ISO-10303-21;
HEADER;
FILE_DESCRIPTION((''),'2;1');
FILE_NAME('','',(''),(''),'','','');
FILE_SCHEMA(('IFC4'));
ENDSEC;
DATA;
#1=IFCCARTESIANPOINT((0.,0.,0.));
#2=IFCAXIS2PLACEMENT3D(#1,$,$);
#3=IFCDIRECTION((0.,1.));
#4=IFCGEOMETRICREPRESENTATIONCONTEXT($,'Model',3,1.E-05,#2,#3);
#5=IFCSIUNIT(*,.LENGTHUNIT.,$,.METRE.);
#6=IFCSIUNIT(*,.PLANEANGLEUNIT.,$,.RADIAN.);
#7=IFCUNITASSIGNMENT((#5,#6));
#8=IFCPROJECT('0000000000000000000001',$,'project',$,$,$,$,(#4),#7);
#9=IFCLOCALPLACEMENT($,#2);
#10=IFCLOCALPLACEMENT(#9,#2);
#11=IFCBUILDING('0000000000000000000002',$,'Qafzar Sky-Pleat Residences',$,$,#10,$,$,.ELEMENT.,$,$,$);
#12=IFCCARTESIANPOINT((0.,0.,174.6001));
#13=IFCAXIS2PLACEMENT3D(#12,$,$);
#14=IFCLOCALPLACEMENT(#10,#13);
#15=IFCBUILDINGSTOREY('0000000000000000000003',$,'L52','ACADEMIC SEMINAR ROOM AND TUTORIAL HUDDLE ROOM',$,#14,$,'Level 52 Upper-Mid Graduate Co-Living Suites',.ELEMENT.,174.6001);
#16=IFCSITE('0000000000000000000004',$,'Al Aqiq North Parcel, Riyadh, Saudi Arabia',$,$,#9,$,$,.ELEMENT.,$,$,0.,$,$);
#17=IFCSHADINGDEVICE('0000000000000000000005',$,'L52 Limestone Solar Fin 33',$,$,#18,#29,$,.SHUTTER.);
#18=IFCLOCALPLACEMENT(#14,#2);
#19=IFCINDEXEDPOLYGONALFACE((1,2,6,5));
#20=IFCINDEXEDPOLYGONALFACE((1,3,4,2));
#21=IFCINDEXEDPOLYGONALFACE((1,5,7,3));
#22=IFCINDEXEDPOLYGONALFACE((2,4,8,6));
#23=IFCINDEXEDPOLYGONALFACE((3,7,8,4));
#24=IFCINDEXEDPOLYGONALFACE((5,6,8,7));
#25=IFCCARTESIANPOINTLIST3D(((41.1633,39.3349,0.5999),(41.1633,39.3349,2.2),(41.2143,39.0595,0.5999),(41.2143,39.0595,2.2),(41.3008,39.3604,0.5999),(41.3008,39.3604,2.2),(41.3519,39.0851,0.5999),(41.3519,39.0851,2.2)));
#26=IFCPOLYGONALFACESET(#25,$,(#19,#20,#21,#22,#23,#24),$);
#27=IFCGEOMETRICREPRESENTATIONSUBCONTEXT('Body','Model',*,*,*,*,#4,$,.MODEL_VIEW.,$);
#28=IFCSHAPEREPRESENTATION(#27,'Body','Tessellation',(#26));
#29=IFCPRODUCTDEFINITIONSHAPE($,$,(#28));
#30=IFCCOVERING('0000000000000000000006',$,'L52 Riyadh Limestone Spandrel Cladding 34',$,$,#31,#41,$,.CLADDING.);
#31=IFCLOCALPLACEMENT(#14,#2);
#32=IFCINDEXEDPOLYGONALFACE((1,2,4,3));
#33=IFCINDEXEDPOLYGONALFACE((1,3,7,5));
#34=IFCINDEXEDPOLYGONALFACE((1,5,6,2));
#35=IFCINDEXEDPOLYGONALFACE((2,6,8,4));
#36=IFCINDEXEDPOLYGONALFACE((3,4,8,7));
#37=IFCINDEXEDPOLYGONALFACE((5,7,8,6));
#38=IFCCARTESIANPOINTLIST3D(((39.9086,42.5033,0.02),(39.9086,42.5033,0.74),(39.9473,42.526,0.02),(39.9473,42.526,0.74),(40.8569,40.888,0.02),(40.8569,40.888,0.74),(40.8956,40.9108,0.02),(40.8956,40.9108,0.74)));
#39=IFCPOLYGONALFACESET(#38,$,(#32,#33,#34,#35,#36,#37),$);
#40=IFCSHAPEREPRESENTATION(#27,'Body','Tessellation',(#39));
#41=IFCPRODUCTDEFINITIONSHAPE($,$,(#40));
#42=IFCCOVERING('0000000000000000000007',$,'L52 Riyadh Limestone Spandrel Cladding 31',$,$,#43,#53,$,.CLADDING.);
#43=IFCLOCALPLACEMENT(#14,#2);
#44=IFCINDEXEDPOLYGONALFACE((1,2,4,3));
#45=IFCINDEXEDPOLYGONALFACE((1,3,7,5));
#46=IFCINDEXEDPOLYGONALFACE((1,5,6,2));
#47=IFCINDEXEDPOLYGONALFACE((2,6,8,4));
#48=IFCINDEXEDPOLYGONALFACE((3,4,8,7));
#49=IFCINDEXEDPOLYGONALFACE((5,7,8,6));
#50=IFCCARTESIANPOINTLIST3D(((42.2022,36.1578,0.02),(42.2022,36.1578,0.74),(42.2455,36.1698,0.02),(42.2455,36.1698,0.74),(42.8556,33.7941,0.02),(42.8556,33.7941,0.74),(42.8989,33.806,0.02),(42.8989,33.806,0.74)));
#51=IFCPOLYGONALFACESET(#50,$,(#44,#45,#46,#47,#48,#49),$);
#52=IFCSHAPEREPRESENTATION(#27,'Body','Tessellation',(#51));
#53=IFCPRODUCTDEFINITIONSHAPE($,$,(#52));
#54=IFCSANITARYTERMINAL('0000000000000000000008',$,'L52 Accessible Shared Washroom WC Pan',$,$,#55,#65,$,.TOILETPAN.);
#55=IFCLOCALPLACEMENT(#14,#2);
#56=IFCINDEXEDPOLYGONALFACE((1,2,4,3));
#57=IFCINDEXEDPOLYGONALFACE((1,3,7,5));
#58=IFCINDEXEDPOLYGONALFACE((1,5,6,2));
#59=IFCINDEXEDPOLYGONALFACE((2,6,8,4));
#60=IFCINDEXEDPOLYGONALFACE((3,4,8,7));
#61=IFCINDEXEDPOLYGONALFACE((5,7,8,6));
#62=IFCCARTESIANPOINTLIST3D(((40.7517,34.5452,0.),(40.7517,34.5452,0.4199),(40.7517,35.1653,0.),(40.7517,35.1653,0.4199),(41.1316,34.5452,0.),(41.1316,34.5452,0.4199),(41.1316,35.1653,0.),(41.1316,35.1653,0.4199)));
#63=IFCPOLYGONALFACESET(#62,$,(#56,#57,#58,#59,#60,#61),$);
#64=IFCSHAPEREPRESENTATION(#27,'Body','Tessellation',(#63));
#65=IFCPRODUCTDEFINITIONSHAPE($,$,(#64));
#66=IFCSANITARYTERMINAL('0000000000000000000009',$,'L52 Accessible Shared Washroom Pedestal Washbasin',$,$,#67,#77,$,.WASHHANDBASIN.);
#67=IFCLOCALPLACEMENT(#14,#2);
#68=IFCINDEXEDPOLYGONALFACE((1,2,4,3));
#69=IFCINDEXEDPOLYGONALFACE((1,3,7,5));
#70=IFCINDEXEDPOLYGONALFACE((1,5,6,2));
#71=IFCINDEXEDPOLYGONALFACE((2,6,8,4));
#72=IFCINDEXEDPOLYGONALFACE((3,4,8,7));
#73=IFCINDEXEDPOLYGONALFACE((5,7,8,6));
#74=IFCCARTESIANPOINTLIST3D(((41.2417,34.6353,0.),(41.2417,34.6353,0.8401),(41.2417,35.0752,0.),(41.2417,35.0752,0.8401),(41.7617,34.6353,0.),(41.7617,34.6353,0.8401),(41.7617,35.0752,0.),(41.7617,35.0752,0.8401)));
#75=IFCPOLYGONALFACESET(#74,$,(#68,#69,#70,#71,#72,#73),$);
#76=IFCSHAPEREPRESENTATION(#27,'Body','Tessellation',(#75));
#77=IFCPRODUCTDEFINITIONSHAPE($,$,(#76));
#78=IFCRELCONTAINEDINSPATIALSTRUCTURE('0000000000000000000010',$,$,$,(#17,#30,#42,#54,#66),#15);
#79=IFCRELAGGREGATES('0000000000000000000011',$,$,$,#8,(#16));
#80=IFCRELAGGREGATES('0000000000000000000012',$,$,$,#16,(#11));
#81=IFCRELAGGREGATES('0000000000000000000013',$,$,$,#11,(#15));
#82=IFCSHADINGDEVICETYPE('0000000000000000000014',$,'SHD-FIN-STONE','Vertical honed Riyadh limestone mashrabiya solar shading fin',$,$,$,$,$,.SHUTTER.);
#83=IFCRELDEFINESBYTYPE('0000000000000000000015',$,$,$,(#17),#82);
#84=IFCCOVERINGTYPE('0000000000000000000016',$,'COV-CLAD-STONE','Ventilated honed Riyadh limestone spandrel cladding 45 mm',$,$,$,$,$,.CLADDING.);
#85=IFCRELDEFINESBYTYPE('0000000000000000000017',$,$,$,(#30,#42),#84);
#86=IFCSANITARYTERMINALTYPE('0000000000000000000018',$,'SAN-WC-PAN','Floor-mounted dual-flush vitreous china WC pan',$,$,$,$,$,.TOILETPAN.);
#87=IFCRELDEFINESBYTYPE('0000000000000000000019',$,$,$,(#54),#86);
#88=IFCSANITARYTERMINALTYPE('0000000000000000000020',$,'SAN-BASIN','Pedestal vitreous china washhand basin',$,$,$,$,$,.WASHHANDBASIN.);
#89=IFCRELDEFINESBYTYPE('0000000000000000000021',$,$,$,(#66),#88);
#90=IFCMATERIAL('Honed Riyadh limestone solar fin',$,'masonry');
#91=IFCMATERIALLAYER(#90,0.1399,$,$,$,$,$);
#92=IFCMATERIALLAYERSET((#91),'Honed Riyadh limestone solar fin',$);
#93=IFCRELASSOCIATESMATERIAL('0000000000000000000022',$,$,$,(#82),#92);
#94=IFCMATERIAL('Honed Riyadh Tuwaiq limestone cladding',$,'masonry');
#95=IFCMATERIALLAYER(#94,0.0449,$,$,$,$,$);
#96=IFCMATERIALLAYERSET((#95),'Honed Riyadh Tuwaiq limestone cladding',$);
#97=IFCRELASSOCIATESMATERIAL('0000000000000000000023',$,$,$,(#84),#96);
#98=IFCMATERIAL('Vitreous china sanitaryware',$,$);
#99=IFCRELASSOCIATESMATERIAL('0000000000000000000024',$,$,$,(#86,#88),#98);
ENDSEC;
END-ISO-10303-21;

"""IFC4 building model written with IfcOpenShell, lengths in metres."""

from ifc_helpers import new_model, si_unit, direction, frame, origin, origin_2d, place, context, subcontext, project, spatial, rectangle, extrude, source, transform, mapped, material, layer, layer_set, type_object, element, save


model = new_model("IFC4")

# Units and contexts
model_context = context("Model", 3, precision=1e-05, world=origin(), true_north=direction((0.0, 1.0)))
body_context = subcontext(model_context, "Body", "Model", "MODEL_VIEW")
ifc_project = project(units=[si_unit("LENGTHUNIT", "METRE"), si_unit("PLANEANGLEUNIT", "RADIAN")], contexts=[model_context])

# Site, building, storey
site_placement = place(None, origin())
site = spatial("IfcSite", under=ifc_project, at=site_placement, Name="Al Aqiq North Parcel, Riyadh, Saudi Arabia", CompositionType="ELEMENT", RefElevation=0.0)
building_placement = place(site_placement, origin())
building = spatial("IfcBuilding", under=site, at=building_placement, Name="Qafzar Sky-Pleat Residences", CompositionType="ELEMENT")
storey_placement = place(building_placement, frame((0.0, 0.0, 174.6001)))
storey = spatial("IfcBuildingStorey", under=building, at=storey_placement, Name="L52", Description="ACADEMIC SEMINAR ROOM AND TUTORIAL HUDDLE ROOM", LongName="Level 52 Upper-Mid Graduate Co-Living Suites", CompositionType="ELEMENT", Elevation=174.6001)

# Shading device
ifc_material_1 = material(Name="Honed Riyadh limestone solar fin", Category="masonry")
ifc_layer_1 = layer(ifc_material_1, 0.1399)
ifc_layer_set_1 = layer_set([ifc_layer_1], Name="Honed Riyadh limestone solar fin")
shading_device_type = type_object("IfcShadingDeviceType", Name="SHD-FIN-STONE", Description="Vertical honed Riyadh limestone mashrabiya solar shading fin", PredefinedType="SHUTTER", material=ifc_layer_set_1)
shared_shape_1 = source(origin(), body_context, "Body", "SweptSolid", [
    extrude(rectangle(XDim=0.1399, YDim=0.28, at=origin_2d()), origin(), (0.0, 0.0, 1.0), 1.6001),
])
shading_device_placement = place(storey_placement, frame((41.2576, 39.21, 0.5999), z_axis=(0.0, 0.0, 1.0), x_axis=(0.983226, 0.182391, 0.0)))
element("IfcShadingDevice", 1, at=shading_device_placement, inside=storey, type_object=shading_device_type, Name="L52 Limestone Solar Fin 33", PredefinedType="SHUTTER", context=body_context, shape_type="MappedRepresentation", body=[
    mapped(shared_shape_1, transform((0.0, 0.0, 0.0), x_axis=(1.0, 0.0, 0.0), y_axis=(0.0, 1.0, 0.0), z_axis=(0.0, 0.0, 1.0), scale=1.0)),
])

# Coverings
ifc_material_2 = material(Name="Honed Riyadh Tuwaiq limestone cladding", Category="masonry")
ifc_layer_2 = layer(ifc_material_2, 0.0449)
ifc_layer_set_2 = layer_set([ifc_layer_2], Name="Honed Riyadh Tuwaiq limestone cladding")
covering_type = type_object("IfcCoveringType", Name="COV-CLAD-STONE", Description="Ventilated honed Riyadh limestone spandrel cladding 45 mm", PredefinedType="CLADDING", material=ifc_layer_set_2)
shared_shape_2 = source(origin(), body_context, "Body", "SweptSolid", [
    extrude(rectangle(XDim=1.873, YDim=0.0449, at=origin_2d()), origin(), (0.0, 0.0, 1.0), 0.72),
])
covering_1_placement = place(storey_placement, frame((40.4021, 41.707, 0.02), z_axis=(0.0, 0.0, 1.0), x_axis=(-0.506304, 0.862355, 0.0)))
element("IfcCovering", 2, at=covering_1_placement, inside=storey, type_object=covering_type, Name="L52 Riyadh Limestone Spandrel Cladding 34", PredefinedType="CLADDING", context=body_context, shape_type="MappedRepresentation", body=[
    mapped(shared_shape_2, transform((0.0, 0.0, 0.0), x_axis=(1.0, 0.0, 0.0), y_axis=(0.0, 1.0, 0.0), z_axis=(0.0, 0.0, 1.0), scale=1.0)),
])
shared_shape_3 = source(origin(), body_context, "Body", "SweptSolid", [
    extrude(rectangle(XDim=2.4524, YDim=0.0449, at=origin_2d()), origin(), (0.0, 0.0, 1.0), 0.72),
])
covering_2_placement = place(storey_placement, frame((42.5505, 34.9819, 0.02), z_axis=(0.0, 0.0, 1.0), x_axis=(-0.266423, 0.963856, 0.0)))
element("IfcCovering", 3, at=covering_2_placement, inside=storey, type_object=covering_type, Name="L52 Riyadh Limestone Spandrel Cladding 31", PredefinedType="CLADDING", context=body_context, shape_type="MappedRepresentation", body=[
    mapped(shared_shape_3, transform((0.0, 0.0, 0.0), x_axis=(1.0, 0.0, 0.0), y_axis=(0.0, 1.0, 0.0), z_axis=(0.0, 0.0, 1.0), scale=1.0)),
])

# Sanitary terminals
ifc_material_3 = material(Name="Vitreous china sanitaryware")
sanitary_terminal_type_1 = type_object("IfcSanitaryTerminalType", Name="SAN-WC-PAN", Description="Floor-mounted dual-flush vitreous china WC pan", PredefinedType="TOILETPAN", material=ifc_material_3)
shared_shape_4 = source(origin(), body_context, "Body", "SweptSolid", [
    extrude(rectangle(XDim=0.3799, YDim=0.6201, at=origin_2d()), origin(), (0.0, 0.0, 1.0), 0.4199),
])
sanitary_terminal_1_placement = place(storey_placement, frame((40.9417, 34.8552, 0.0), z_axis=(0.0, 0.0, 1.0), x_axis=(1.0, 0.0, 0.0)))
element("IfcSanitaryTerminal", 4, at=sanitary_terminal_1_placement, inside=storey, type_object=sanitary_terminal_type_1, Name="L52 Accessible Shared Washroom WC Pan", PredefinedType="TOILETPAN", context=body_context, shape_type="MappedRepresentation", body=[
    mapped(shared_shape_4, transform((0.0, 0.0, 0.0), x_axis=(1.0, 0.0, 0.0), y_axis=(0.0, 1.0, 0.0), z_axis=(0.0, 0.0, 1.0), scale=1.0)),
])
sanitary_terminal_type_2 = type_object("IfcSanitaryTerminalType", Name="SAN-BASIN", Description="Pedestal vitreous china washhand basin", PredefinedType="WASHHANDBASIN", material=ifc_material_3)
shared_shape_5 = source(origin(), body_context, "Body", "SweptSolid", [
    extrude(rectangle(XDim=0.52, YDim=0.4399, at=origin_2d()), origin(), (0.0, 0.0, 1.0), 0.8401),
])
sanitary_terminal_2_placement = place(storey_placement, frame((41.5017, 34.8552, 0.0), z_axis=(0.0, 0.0, 1.0), x_axis=(1.0, 0.0, 0.0)))
element("IfcSanitaryTerminal", 5, at=sanitary_terminal_2_placement, inside=storey, type_object=sanitary_terminal_type_2, Name="L52 Accessible Shared Washroom Pedestal Washbasin", PredefinedType="WASHHANDBASIN", context=body_context, shape_type="MappedRepresentation", body=[
    mapped(shared_shape_5, transform((0.0, 0.0, 0.0), x_axis=(1.0, 0.0, 0.0), y_axis=(0.0, 1.0, 0.0), z_axis=(0.0, 0.0, 1.0), scale=1.0)),
])

save(model, "model.ifc")
